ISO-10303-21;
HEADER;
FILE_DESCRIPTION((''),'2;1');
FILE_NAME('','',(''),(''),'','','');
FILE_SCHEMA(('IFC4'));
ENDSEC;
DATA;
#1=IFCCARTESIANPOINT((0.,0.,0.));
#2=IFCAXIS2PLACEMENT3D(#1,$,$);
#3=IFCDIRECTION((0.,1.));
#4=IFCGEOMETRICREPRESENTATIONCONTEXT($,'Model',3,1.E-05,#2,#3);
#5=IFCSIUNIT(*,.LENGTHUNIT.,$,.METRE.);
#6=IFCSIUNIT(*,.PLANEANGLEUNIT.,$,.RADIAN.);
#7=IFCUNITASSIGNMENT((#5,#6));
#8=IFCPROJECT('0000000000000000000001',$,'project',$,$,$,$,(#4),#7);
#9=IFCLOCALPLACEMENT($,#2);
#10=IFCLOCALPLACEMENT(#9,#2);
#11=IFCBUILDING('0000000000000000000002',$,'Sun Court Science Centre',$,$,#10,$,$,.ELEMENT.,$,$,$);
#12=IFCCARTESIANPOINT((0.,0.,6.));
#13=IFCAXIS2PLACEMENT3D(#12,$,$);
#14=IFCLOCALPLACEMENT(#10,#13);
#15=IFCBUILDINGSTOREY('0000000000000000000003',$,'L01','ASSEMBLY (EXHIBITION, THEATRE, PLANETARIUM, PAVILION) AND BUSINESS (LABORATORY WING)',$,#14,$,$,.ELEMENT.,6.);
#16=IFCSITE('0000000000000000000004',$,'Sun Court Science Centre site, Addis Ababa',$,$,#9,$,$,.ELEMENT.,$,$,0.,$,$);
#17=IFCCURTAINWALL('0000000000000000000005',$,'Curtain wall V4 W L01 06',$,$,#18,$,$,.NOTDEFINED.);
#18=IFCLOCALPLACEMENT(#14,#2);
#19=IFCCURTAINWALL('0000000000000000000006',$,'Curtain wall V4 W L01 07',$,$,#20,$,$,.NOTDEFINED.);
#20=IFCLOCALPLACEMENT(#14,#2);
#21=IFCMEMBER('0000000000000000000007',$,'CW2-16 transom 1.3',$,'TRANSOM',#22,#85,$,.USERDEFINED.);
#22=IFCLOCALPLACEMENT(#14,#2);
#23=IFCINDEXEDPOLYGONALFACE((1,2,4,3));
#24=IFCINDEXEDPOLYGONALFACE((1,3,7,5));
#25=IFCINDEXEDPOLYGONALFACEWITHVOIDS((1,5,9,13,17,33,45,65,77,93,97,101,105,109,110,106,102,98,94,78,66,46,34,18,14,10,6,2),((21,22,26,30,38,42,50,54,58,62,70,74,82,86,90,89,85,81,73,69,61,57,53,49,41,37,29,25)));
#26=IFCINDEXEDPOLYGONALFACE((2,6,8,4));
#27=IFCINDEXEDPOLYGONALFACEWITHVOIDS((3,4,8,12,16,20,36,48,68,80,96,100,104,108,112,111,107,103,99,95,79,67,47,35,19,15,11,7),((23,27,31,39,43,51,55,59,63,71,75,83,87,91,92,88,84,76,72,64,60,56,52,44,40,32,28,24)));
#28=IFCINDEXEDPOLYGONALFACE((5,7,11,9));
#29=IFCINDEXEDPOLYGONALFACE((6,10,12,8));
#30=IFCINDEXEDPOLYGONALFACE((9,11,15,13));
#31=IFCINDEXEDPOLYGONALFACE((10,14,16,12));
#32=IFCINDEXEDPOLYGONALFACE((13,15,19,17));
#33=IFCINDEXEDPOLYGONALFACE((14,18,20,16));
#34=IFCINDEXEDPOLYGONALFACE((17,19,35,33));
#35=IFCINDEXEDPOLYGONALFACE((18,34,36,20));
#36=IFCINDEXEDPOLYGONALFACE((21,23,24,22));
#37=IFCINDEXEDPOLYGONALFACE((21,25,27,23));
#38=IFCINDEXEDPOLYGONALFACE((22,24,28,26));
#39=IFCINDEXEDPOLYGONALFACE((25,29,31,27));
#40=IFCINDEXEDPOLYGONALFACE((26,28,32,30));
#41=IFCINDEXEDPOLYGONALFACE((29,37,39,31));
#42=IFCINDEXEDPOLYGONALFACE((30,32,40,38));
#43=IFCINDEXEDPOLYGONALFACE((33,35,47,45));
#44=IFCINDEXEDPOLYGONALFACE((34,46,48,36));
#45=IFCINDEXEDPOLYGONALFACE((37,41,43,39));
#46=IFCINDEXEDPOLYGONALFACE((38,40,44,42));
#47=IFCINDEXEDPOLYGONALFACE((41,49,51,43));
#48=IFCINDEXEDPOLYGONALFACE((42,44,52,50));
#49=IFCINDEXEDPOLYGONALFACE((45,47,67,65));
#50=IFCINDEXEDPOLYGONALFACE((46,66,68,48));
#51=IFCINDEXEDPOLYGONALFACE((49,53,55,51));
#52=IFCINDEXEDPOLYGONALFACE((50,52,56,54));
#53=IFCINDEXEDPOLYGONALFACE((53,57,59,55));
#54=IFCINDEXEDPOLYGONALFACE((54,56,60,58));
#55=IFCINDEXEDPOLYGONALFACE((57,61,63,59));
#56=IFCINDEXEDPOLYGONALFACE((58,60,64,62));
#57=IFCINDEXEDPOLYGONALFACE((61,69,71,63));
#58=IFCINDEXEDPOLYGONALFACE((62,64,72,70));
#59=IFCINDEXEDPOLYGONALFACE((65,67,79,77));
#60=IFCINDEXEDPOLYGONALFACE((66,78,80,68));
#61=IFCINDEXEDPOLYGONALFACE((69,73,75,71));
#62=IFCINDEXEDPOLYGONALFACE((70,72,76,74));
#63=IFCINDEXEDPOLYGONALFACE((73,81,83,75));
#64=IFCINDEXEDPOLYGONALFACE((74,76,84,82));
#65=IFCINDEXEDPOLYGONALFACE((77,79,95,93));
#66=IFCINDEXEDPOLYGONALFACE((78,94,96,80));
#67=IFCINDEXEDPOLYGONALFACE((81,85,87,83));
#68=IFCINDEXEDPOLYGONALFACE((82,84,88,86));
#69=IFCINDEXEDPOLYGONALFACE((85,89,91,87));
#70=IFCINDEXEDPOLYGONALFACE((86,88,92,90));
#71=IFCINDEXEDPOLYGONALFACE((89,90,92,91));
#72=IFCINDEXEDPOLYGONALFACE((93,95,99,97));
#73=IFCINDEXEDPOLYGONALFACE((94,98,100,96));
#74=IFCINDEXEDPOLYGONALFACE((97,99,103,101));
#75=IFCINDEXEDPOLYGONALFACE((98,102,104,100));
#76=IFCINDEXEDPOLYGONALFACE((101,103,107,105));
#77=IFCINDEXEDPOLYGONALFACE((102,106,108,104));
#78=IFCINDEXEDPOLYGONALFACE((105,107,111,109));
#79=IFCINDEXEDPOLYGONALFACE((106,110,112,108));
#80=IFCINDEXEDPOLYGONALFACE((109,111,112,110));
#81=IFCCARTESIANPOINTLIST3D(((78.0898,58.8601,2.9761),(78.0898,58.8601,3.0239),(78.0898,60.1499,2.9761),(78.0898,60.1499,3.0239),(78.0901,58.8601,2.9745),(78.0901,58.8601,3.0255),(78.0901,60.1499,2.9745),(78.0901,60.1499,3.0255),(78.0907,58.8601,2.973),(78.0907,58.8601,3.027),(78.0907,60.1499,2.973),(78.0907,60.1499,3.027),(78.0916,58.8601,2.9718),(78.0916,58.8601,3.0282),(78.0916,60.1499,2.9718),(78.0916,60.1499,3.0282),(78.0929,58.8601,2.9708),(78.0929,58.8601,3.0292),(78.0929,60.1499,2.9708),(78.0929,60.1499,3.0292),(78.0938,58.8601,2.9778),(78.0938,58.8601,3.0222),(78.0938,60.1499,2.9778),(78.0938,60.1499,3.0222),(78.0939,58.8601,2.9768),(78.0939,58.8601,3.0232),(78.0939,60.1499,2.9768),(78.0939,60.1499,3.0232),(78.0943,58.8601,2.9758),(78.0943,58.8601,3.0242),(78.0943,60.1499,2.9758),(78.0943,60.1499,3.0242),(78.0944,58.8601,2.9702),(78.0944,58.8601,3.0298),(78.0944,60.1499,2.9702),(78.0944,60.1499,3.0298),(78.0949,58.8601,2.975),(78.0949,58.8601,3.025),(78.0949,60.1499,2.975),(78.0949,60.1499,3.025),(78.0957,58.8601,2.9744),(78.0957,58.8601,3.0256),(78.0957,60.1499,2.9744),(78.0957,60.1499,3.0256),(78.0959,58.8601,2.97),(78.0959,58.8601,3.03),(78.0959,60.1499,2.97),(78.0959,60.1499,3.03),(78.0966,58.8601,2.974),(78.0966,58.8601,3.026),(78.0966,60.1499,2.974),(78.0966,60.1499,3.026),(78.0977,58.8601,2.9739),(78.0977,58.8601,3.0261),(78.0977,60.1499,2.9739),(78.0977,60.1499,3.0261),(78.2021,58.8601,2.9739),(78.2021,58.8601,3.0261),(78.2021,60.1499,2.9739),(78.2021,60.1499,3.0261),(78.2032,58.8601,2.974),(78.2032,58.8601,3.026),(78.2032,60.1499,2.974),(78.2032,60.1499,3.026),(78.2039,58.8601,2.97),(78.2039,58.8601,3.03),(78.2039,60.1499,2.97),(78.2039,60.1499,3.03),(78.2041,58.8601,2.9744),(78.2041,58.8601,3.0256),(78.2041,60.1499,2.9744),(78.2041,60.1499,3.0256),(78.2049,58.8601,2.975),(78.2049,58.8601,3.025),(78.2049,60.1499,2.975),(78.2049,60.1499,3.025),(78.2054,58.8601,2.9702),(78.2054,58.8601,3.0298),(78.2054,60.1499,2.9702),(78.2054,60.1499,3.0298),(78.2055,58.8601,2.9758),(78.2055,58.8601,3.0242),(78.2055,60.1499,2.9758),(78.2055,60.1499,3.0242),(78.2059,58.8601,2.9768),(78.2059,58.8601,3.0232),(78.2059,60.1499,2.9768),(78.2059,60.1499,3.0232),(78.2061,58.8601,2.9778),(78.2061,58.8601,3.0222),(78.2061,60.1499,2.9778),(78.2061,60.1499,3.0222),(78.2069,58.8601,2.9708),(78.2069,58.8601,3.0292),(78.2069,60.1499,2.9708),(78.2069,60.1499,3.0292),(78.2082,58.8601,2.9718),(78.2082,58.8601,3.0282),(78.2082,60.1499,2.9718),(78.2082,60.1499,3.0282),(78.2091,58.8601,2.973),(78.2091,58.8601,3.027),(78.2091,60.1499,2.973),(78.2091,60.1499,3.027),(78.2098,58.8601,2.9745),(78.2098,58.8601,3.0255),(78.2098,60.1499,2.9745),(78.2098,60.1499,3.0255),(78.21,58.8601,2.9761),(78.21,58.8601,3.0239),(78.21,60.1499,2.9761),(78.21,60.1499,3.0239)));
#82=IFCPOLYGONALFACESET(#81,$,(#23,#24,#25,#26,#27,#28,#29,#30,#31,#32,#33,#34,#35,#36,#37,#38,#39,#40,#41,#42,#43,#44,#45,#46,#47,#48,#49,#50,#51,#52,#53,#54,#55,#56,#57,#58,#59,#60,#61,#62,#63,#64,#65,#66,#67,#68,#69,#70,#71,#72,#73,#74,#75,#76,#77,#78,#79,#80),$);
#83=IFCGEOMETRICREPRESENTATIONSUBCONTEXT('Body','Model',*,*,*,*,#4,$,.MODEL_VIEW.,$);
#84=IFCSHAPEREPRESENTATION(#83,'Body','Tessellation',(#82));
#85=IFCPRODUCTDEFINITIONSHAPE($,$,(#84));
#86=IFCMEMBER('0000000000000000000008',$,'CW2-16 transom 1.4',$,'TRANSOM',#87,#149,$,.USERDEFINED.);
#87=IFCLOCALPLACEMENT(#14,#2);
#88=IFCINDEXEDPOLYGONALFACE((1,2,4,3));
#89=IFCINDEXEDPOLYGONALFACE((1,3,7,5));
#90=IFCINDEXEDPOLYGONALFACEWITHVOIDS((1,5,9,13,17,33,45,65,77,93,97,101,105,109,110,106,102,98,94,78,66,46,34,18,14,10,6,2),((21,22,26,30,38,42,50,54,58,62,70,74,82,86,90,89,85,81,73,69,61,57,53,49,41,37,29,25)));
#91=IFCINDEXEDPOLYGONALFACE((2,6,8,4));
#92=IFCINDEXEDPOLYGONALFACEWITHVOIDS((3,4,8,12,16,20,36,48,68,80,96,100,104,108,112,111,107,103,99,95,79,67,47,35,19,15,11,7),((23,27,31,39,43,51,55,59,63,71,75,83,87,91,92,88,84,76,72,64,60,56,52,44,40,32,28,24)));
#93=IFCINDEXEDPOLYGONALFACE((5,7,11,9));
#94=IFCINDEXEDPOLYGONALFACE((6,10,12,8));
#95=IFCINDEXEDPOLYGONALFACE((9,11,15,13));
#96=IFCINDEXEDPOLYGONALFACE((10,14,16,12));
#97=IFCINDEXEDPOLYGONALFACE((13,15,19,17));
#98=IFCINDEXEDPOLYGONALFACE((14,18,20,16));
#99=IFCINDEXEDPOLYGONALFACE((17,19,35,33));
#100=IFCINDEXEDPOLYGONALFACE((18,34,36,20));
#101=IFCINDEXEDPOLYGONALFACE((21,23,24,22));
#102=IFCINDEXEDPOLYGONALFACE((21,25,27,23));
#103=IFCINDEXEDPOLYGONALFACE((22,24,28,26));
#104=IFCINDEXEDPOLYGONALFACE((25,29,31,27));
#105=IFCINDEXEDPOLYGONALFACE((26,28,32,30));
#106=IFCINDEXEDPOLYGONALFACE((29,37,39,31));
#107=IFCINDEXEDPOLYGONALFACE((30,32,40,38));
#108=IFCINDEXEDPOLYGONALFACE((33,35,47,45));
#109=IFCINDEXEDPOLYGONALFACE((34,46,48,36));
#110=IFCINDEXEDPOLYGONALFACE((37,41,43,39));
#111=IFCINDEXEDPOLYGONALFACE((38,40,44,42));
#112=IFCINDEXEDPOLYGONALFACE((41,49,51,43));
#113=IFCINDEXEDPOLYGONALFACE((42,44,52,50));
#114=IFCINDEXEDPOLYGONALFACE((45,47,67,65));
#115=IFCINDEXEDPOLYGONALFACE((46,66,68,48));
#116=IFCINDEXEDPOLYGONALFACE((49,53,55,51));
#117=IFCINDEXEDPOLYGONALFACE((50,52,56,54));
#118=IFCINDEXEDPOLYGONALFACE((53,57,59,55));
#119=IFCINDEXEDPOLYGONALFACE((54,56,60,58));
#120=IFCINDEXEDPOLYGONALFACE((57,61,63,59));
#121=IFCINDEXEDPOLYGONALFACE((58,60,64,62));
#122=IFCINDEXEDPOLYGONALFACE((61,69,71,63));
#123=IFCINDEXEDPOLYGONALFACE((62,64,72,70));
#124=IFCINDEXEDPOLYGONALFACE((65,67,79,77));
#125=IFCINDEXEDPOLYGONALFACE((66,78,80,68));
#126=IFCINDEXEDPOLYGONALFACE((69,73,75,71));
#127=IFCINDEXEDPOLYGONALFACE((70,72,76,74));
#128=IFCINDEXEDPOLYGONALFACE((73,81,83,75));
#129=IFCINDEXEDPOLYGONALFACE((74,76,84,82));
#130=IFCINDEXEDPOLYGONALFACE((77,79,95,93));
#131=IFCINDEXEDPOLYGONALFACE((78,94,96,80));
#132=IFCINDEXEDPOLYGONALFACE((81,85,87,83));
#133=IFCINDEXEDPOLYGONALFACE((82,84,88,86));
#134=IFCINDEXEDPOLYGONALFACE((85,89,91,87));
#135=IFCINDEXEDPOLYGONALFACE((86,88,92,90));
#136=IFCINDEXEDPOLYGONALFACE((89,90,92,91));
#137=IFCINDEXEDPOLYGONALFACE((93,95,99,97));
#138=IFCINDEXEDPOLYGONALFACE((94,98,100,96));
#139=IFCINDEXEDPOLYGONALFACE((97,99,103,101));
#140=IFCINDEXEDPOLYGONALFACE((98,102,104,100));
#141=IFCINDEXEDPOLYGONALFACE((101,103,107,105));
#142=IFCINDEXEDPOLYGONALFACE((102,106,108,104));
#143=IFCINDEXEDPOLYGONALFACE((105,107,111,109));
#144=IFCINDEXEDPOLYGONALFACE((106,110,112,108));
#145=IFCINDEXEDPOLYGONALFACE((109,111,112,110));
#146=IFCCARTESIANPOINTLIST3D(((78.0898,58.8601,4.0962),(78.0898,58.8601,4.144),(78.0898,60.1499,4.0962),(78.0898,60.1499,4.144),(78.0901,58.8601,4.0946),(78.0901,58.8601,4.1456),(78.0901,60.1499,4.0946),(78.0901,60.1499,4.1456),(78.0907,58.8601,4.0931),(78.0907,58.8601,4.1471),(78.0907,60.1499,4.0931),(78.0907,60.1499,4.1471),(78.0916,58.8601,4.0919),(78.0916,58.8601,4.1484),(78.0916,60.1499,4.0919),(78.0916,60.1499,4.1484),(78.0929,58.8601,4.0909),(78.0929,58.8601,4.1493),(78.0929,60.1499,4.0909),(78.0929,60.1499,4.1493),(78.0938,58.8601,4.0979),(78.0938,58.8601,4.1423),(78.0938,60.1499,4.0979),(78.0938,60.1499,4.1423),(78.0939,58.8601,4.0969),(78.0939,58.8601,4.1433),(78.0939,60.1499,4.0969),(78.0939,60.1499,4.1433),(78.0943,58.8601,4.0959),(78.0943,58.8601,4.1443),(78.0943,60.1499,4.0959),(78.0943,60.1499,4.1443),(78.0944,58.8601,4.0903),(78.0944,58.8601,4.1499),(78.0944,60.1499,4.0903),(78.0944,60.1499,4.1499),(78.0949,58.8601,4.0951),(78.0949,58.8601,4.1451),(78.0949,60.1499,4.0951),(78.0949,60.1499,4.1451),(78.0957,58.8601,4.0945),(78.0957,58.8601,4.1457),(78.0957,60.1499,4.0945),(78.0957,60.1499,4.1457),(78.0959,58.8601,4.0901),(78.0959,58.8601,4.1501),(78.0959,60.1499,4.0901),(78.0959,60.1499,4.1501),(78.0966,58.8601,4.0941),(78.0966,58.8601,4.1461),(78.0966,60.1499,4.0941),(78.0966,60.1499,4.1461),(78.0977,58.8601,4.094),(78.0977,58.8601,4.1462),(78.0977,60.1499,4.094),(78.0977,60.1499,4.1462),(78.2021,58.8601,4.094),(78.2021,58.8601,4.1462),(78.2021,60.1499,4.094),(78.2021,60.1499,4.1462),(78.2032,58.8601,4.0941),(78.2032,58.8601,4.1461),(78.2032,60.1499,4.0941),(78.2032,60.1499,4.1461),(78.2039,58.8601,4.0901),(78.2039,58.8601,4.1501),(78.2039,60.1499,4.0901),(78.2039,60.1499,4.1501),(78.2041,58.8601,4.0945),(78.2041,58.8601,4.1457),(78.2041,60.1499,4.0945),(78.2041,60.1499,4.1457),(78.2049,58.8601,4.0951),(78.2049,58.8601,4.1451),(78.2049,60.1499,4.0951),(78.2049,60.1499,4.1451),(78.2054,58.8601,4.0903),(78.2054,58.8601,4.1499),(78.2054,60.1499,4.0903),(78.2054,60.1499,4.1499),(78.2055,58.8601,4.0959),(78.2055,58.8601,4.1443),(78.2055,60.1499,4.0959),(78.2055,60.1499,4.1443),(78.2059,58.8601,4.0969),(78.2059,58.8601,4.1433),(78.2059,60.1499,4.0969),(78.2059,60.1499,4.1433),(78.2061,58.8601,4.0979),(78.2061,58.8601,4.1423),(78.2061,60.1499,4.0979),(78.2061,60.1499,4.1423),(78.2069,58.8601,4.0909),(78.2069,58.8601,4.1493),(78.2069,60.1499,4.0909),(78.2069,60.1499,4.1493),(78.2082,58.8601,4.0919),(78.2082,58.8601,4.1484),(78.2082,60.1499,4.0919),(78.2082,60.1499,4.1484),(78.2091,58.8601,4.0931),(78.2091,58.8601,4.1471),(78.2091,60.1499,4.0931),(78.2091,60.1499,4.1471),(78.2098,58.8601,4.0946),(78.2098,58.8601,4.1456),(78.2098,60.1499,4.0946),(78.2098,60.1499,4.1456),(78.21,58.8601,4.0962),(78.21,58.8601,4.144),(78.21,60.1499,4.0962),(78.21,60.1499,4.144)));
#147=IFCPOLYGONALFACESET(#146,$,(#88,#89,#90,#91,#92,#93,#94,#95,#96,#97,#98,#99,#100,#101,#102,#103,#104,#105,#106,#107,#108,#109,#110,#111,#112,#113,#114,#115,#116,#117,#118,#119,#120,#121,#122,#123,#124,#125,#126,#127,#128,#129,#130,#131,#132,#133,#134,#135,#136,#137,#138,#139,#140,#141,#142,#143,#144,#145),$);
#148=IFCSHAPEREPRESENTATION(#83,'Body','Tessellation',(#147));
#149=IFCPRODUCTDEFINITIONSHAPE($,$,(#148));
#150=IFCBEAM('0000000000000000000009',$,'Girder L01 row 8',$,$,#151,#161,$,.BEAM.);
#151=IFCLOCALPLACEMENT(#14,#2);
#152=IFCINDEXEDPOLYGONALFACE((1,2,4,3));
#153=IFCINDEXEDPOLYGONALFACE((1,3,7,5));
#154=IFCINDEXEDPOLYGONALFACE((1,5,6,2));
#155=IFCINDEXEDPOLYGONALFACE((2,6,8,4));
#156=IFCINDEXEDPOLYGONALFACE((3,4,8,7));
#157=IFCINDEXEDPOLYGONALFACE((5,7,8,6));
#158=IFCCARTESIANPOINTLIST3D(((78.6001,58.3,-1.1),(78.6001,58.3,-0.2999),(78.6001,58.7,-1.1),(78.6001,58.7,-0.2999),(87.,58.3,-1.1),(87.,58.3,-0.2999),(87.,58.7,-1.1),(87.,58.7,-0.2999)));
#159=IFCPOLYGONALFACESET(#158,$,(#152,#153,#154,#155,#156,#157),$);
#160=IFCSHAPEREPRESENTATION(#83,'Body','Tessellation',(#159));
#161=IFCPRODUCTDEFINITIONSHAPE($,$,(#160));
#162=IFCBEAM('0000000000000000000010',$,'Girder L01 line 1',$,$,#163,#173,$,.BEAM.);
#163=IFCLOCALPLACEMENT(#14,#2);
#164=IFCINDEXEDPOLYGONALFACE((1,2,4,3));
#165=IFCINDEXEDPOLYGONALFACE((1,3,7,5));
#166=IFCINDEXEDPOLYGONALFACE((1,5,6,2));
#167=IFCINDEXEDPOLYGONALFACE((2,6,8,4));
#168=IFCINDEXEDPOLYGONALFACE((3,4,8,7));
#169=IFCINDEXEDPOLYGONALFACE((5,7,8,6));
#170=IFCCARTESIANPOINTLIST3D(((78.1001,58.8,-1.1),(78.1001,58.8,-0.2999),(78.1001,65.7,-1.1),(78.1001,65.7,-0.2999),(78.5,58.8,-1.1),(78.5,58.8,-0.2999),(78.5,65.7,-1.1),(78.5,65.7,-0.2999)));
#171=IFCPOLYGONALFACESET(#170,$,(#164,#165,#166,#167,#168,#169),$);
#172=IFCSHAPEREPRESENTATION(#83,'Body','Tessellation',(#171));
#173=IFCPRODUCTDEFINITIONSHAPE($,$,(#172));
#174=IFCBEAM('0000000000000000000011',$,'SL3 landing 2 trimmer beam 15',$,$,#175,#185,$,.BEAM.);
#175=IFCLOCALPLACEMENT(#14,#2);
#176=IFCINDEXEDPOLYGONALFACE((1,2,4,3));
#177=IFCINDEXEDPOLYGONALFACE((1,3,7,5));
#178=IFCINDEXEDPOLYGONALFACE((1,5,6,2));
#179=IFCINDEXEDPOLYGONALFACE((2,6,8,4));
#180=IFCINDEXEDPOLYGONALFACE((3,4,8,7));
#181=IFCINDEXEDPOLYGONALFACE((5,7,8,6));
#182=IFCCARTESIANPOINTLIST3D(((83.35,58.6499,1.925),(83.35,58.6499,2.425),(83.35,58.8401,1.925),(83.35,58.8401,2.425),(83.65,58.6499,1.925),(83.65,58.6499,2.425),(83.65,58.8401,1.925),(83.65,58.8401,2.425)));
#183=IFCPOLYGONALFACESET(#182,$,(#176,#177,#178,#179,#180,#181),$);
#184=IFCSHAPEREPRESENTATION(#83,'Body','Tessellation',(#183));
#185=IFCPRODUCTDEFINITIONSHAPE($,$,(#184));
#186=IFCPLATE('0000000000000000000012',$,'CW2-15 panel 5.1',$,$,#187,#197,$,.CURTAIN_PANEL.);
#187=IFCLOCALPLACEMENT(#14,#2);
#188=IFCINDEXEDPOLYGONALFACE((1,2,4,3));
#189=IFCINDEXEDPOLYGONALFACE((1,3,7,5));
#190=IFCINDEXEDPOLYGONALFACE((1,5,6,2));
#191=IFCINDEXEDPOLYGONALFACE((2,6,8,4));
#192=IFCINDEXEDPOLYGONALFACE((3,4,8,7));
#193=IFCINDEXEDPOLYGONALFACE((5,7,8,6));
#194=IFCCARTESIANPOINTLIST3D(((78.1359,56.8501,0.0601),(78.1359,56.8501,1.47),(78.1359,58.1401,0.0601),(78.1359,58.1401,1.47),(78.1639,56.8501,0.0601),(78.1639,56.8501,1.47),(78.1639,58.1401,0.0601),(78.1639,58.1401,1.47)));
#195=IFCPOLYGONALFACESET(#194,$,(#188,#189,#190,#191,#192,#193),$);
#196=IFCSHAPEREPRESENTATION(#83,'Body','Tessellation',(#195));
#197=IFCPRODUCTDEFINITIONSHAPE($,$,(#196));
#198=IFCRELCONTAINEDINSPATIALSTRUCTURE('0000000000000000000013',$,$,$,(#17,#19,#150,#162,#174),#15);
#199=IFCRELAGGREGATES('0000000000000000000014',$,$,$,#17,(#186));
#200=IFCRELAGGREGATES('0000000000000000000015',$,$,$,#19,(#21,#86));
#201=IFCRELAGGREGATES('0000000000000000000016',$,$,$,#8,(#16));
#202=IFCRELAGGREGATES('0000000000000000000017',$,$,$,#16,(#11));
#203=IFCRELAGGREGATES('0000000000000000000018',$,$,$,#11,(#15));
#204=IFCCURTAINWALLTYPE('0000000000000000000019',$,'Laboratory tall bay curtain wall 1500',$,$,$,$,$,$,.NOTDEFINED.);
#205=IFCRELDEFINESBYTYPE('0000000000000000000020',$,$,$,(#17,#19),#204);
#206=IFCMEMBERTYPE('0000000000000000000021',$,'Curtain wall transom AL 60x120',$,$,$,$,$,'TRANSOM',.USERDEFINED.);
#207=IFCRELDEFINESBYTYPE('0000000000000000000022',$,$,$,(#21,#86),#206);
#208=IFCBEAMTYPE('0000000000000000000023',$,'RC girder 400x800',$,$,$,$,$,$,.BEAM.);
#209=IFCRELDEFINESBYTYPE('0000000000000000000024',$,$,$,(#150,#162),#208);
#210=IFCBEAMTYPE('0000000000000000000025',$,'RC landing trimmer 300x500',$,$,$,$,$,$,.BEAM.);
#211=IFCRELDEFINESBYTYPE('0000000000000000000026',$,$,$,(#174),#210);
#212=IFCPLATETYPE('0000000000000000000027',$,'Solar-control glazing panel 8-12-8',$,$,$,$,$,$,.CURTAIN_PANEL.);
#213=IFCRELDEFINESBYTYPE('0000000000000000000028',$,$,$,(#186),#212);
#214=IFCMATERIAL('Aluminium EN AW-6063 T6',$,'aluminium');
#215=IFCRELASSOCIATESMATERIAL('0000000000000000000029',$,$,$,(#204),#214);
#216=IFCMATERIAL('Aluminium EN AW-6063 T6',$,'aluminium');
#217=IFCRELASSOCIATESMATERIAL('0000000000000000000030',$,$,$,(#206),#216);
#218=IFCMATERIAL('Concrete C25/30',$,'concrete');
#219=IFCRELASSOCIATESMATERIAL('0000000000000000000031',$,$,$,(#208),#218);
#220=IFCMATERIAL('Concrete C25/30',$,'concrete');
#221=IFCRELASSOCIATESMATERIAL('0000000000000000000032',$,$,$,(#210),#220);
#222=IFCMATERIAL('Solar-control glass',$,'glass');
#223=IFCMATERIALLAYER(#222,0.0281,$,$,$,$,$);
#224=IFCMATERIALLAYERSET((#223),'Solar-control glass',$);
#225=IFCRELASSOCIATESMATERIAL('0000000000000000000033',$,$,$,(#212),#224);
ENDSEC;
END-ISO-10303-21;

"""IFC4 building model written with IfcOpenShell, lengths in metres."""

from ifc_helpers import new_model, si_unit, direction, frame, origin, origin_2d, place, context, subcontext, project, spatial, rectangle, hollow_rectangle, extrude, material, layer, layer_set, material_profile, profile_set, type_object, element, aggregate, save


model = new_model("IFC4")

# Units and contexts
model_context = context("Model", 3, precision=1e-05, world=origin(), true_north=direction((0.0, 1.0)))
body_context = subcontext(model_context, "Body", "Model", "MODEL_VIEW")
ifc_project = project(units=[si_unit("LENGTHUNIT", "METRE"), si_unit("PLANEANGLEUNIT", "RADIAN")], contexts=[model_context])

# Site, building, storey
site_placement = place(None, origin())
site = spatial("IfcSite", under=ifc_project, at=site_placement, Name="Sun Court Science Centre site, Addis Ababa", CompositionType="ELEMENT", RefElevation=0.0)
building_placement = place(site_placement, origin())
building = spatial("IfcBuilding", under=site, at=building_placement, Name="Sun Court Science Centre", CompositionType="ELEMENT")
storey_placement = place(building_placement, frame((0.0, 0.0, 6.0)))
storey = spatial("IfcBuildingStorey", under=building, at=storey_placement, Name="L01", Description="ASSEMBLY (EXHIBITION, THEATRE, PLANETARIUM, PAVILION) AND BUSINESS (LABORATORY WING)", CompositionType="ELEMENT", Elevation=6.0)

# Curtain wall
ifc_material_1 = material(Name="Aluminium EN AW-6063 T6", Category="aluminium")
curtain_wall_type = type_object("IfcCurtainWallType", Name="Laboratory tall bay curtain wall 1500", PredefinedType="NOTDEFINED", material=ifc_material_1)
curtain_wall_1_placement = place(storey_placement, origin())
curtain_wall_1 = element("IfcCurtainWall", 1, at=curtain_wall_1_placement, inside=storey, type_object=curtain_wall_type, Name="Curtain wall V4 W L01 06", PredefinedType="NOTDEFINED")

# Curtain wall, members
curtain_wall_2_placement = place(storey_placement, origin())
curtain_wall_2 = element("IfcCurtainWall", 2, at=curtain_wall_2_placement, inside=storey, type_object=curtain_wall_type, Name="Curtain wall V4 W L01 07", PredefinedType="NOTDEFINED")
ifc_material_2 = material(Name="Aluminium EN AW-6063 T6", Category="aluminium")
ifc_material_profile_1 = material_profile(ifc_material_2, hollow_rectangle(XDim=0.0601, YDim=0.1201, WallThickness=0.0039, InnerFilletRadius=0.0039, OuterFilletRadius=0.0061, at=origin_2d()), Name="AL 60x120x4")
ifc_profile_set_1 = profile_set([ifc_material_profile_1], Name="Aluminium EN AW-6063 T6")
member_type_1 = type_object("IfcMemberType", Name="Curtain wall transom AL 60x120", ElementType="TRANSOM", PredefinedType="USERDEFINED", material=ifc_profile_set_1)
member_1_placement = place(storey_placement, frame((78.1499, 58.8601, 3.0), z_axis=(0.0, 1.0, 0.0), x_axis=(0.0, 0.0, 1.0)))
member_1 = element("IfcMember", 3, at=member_1_placement, type_object=member_type_1, Name="CW2-16 transom 1.3", ObjectType="TRANSOM", PredefinedType="USERDEFINED", context=body_context, shape_type="SweptSolid", body=[
    extrude(hollow_rectangle(XDim=0.0601, YDim=0.1201, WallThickness=0.0039, InnerFilletRadius=0.0039, OuterFilletRadius=0.0061, at=origin_2d()), origin(), (0.0, 0.0, 1.0), 1.2898),
])
member_2_placement = place(storey_placement, frame((78.1499, 58.8601, 4.1201), z_axis=(0.0, 1.0, 0.0), x_axis=(0.0, 0.0, 1.0)))
member_2 = element("IfcMember", 4, at=member_2_placement, type_object=member_type_1, Name="CW2-16 transom 1.4", ObjectType="TRANSOM", PredefinedType="USERDEFINED", context=body_context, shape_type="SweptSolid", body=[
    extrude(hollow_rectangle(XDim=0.0601, YDim=0.1201, WallThickness=0.0039, InnerFilletRadius=0.0039, OuterFilletRadius=0.0061, at=origin_2d()), origin(), (0.0, 0.0, 1.0), 1.2898),
])

# Beams
ifc_material_3 = material(Name="Concrete C25/30", Category="concrete")
ifc_material_profile_2 = material_profile(ifc_material_3, rectangle(XDim=0.3999, YDim=0.8, at=origin_2d()), Name="RC 400x800")
ifc_profile_set_2 = profile_set([ifc_material_profile_2], Name="Concrete C25/30")
beam_type_1 = type_object("IfcBeamType", Name="RC girder 400x800", PredefinedType="BEAM", material=ifc_profile_set_2)
beam_1_placement = place(storey_placement, frame((78.6001, 58.5, -0.7), z_axis=(1.0, 0.0, 0.0), x_axis=(0.0, 1.0, 0.0)))
element("IfcBeam", 5, at=beam_1_placement, inside=storey, type_object=beam_type_1, Name="Girder L01 row 8", PredefinedType="BEAM", context=body_context, shape_type="SweptSolid", body=[
    extrude(rectangle(XDim=0.3999, YDim=0.8, at=origin_2d()), origin(), (0.0, 0.0, 1.0), 8.3999),
])
beam_2_placement = place(storey_placement, frame((78.3, 58.8, -0.7), z_axis=(0.0, 1.0, 0.0), x_axis=(-1.0, 0.0, 0.0)))
element("IfcBeam", 6, at=beam_2_placement, inside=storey, type_object=beam_type_1, Name="Girder L01 line 1", PredefinedType="BEAM", context=body_context, shape_type="SweptSolid", body=[
    extrude(rectangle(XDim=0.3999, YDim=0.8, at=origin_2d()), origin(), (0.0, 0.0, 1.0), 6.8999),
])
ifc_material_4 = material(Name="Concrete C25/30", Category="concrete")
ifc_material_profile_3 = material_profile(ifc_material_4, rectangle(XDim=0.3, YDim=0.5, at=origin_2d()), Name="RC 300x500")
ifc_profile_set_3 = profile_set([ifc_material_profile_3], Name="Concrete C25/30")
beam_type_2 = type_object("IfcBeamType", Name="RC landing trimmer 300x500", PredefinedType="BEAM", material=ifc_profile_set_3)
beam_3_placement = place(storey_placement, frame((83.5, 58.6499, 2.175), z_axis=(0.0, 1.0, 0.0), x_axis=(-1.0, 0.0, 0.0)))
element("IfcBeam", 7, at=beam_3_placement, inside=storey, type_object=beam_type_2, Name="SL3 landing 2 trimmer beam 15", PredefinedType="BEAM", context=body_context, shape_type="SweptSolid", body=[
    extrude(rectangle(XDim=0.3, YDim=0.5, at=origin_2d()), origin(), (0.0, 0.0, 1.0), 0.1902),
])

# Plate
ifc_material_5 = material(Name="Solar-control glass", Category="glass")
ifc_layer_1 = layer(ifc_material_5, 0.0281)
ifc_layer_set_1 = layer_set([ifc_layer_1], Name="Solar-control glass")
plate_type = type_object("IfcPlateType", Name="Solar-control glazing panel 8-12-8", PredefinedType="CURTAIN_PANEL", material=ifc_layer_set_1)
plate_1_placement = place(storey_placement, frame((78.1499, 57.4951, 0.0601), z_axis=(0.0, 0.0, 1.0), x_axis=(0.0, 1.0, 0.0)))
plate_1 = element("IfcPlate", 8, at=plate_1_placement, type_object=plate_type, Name="CW2-15 panel 5.1", PredefinedType="CURTAIN_PANEL", context=body_context, shape_type="SweptSolid", body=[
    extrude(rectangle(XDim=1.29, YDim=0.0281, at=origin_2d()), origin(), (0.0, 0.0, 1.0), 1.4099),
])
aggregate(curtain_wall_1, [plate_1])
aggregate(curtain_wall_2, [member_1, member_2])

save(model, "model.ifc")
